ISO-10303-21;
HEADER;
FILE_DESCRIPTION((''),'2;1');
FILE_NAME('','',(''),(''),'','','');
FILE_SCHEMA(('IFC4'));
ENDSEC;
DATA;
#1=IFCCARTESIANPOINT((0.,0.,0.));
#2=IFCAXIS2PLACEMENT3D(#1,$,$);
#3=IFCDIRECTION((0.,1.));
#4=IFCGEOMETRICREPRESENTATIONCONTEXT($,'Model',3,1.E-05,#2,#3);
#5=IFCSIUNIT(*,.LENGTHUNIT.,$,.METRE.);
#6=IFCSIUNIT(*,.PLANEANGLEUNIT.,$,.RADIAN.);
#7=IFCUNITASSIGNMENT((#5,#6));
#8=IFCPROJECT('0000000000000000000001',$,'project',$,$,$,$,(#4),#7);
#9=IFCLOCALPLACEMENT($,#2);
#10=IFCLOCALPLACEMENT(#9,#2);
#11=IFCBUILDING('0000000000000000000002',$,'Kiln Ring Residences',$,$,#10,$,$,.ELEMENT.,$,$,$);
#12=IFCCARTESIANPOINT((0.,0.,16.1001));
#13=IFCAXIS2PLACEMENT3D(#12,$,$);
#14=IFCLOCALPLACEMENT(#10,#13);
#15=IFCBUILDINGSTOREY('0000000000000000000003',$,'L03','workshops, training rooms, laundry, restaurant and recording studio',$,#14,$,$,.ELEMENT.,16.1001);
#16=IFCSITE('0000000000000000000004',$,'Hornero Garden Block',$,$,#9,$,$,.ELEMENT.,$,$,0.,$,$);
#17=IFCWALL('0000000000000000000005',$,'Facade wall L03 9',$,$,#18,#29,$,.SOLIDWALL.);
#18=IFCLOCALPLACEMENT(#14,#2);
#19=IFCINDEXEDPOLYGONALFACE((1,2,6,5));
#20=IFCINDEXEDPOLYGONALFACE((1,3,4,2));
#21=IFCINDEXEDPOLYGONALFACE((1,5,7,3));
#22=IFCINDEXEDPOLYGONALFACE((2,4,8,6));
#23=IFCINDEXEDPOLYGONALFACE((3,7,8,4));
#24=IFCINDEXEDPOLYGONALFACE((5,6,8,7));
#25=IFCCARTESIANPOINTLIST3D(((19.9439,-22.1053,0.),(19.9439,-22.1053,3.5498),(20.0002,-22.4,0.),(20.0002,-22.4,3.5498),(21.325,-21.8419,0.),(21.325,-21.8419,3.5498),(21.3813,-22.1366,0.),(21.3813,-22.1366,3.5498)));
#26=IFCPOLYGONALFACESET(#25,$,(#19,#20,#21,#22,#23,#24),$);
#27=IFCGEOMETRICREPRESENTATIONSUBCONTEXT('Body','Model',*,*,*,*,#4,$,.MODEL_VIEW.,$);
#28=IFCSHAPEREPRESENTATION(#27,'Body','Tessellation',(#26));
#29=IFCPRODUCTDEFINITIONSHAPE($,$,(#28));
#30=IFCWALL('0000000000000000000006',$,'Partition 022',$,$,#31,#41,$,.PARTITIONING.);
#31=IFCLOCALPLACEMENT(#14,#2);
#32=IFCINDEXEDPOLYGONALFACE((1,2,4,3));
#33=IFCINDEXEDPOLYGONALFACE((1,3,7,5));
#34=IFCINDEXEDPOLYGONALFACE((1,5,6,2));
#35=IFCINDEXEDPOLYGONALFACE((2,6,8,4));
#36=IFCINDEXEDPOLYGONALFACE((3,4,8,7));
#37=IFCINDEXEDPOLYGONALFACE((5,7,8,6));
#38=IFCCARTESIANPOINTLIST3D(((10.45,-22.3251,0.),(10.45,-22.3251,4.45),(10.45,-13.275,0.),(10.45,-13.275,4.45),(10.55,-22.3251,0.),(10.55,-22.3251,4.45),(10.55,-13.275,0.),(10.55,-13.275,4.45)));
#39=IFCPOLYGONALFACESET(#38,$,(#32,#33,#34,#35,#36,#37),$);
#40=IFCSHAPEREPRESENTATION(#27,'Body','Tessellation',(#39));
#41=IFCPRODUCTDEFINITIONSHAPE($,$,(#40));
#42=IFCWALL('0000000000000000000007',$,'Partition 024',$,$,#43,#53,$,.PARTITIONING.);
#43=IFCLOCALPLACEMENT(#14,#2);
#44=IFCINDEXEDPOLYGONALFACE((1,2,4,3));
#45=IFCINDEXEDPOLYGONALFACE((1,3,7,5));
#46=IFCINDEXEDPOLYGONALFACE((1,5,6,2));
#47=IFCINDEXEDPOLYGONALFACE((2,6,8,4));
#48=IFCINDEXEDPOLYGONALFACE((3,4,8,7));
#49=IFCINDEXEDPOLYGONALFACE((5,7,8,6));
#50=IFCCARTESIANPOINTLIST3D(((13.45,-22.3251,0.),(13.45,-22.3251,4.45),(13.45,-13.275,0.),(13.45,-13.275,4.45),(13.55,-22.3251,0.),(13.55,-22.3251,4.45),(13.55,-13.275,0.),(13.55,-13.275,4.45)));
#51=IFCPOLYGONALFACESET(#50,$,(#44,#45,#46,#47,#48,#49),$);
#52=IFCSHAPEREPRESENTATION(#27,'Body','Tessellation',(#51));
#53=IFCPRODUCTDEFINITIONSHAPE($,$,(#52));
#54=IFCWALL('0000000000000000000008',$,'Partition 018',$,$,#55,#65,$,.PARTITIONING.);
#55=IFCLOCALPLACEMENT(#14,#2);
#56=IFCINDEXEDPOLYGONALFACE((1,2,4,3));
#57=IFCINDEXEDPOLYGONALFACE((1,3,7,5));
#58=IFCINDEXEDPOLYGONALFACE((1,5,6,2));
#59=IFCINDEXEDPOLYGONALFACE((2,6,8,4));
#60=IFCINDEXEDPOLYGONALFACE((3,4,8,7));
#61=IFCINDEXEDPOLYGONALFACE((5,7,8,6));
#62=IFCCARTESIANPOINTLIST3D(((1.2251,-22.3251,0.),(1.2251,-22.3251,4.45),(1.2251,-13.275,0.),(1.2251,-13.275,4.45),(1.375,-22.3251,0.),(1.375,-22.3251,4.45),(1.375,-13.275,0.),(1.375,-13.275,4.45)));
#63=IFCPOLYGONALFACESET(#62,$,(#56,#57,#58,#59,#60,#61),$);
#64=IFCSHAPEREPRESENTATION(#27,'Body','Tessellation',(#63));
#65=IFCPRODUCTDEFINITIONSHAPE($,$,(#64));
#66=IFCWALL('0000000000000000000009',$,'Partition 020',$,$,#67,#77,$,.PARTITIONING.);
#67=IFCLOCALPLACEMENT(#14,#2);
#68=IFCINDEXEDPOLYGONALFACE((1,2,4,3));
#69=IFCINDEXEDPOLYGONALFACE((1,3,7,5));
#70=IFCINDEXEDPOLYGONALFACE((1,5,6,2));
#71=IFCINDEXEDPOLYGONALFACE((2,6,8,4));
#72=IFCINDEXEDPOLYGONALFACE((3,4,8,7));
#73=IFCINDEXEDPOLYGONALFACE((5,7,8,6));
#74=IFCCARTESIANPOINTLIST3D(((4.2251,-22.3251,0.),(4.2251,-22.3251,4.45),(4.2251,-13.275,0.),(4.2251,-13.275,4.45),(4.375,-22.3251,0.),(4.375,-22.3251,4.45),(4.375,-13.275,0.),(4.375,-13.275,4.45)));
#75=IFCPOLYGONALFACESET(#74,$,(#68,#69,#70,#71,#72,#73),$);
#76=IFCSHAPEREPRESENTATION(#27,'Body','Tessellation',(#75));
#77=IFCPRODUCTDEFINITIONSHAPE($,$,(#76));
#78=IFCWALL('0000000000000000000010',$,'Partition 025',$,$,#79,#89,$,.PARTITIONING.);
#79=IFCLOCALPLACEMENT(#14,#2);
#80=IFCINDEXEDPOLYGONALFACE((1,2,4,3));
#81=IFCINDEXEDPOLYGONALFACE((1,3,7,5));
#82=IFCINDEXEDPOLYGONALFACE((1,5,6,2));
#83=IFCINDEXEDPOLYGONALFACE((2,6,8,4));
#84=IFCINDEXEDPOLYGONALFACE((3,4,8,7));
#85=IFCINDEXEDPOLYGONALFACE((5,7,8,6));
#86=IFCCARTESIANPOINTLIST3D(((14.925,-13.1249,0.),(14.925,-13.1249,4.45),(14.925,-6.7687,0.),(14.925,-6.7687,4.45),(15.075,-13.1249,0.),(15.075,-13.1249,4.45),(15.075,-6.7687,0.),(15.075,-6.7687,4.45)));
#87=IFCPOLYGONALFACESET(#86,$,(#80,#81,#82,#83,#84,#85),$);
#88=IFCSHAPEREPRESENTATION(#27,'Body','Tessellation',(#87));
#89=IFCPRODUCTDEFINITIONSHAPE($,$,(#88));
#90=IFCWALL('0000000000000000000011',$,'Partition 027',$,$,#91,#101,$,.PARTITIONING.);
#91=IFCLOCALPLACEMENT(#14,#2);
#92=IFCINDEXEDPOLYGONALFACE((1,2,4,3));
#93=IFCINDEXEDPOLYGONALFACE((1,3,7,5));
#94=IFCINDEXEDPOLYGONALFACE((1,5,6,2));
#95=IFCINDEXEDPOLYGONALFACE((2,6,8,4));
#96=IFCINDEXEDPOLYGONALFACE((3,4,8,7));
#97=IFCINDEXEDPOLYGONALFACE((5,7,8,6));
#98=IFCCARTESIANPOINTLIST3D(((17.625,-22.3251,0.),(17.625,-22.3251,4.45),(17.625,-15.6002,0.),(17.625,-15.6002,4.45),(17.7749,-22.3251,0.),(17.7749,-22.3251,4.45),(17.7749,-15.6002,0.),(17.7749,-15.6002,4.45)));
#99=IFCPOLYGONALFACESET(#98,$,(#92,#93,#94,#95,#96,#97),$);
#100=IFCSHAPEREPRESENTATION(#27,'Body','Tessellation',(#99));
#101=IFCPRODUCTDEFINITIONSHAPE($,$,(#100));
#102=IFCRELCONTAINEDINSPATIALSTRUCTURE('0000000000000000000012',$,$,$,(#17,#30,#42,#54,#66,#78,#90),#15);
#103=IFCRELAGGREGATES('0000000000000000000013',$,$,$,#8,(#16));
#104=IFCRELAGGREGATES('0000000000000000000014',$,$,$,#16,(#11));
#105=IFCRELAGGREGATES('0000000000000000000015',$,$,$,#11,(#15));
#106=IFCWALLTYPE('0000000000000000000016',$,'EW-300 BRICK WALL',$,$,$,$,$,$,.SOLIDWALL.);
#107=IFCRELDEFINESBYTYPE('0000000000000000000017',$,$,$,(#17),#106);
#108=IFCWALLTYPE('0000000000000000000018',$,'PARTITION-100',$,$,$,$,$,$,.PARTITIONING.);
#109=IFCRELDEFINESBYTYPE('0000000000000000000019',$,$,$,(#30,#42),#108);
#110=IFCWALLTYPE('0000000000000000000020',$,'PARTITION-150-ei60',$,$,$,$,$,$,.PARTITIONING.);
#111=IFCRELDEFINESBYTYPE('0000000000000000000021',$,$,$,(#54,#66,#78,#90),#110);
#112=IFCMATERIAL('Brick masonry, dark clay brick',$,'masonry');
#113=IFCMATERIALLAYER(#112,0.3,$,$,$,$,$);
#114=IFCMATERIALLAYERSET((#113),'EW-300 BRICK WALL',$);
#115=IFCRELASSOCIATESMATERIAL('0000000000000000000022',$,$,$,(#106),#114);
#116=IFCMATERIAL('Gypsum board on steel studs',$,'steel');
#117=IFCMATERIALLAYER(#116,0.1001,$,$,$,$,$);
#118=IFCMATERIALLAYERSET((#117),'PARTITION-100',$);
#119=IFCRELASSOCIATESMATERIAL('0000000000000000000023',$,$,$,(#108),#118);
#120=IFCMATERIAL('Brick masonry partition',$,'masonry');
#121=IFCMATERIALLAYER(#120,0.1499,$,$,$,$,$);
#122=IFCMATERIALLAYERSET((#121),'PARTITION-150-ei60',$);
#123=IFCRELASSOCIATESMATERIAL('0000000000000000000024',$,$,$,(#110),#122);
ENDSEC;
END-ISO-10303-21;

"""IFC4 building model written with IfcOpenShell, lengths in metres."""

from ifc_helpers import new_model, si_unit, direction, frame, frame_2d, origin, place, context, subcontext, project, spatial, rectangle, extrude, material, layer, layer_set, type_object, element, save


model = new_model("IFC4")

# Units and contexts
model_context = context("Model", 3, precision=1e-05, world=origin(), true_north=direction((0.0, 1.0)))
body_context = subcontext(model_context, "Body", "Model", "MODEL_VIEW")
ifc_project = project(units=[si_unit("LENGTHUNIT", "METRE"), si_unit("PLANEANGLEUNIT", "RADIAN")], contexts=[model_context])

# Site, building, storey
site_placement = place(None, origin())
site = spatial("IfcSite", under=ifc_project, at=site_placement, Name="Hornero Garden Block", CompositionType="ELEMENT", RefElevation=0.0)
building_placement = place(site_placement, origin())
building = spatial("IfcBuilding", under=site, at=building_placement, Name="Kiln Ring Residences", CompositionType="ELEMENT")
storey_placement = place(building_placement, frame((0.0, 0.0, 16.1001)))
storey = spatial("IfcBuildingStorey", under=building, at=storey_placement, Name="L03", Description="workshops, training rooms, laundry, restaurant and recording studio", CompositionType="ELEMENT", Elevation=16.1001)

# Walls
ifc_material_1 = material(Name="Brick masonry, dark clay brick", Category="masonry")
ifc_layer_1 = layer(ifc_material_1, 0.3)
ifc_layer_set_1 = layer_set([ifc_layer_1], Name="EW-300 BRICK WALL")
wall_type_1 = type_object("IfcWallType", Name="EW-300 BRICK WALL", PredefinedType="SOLIDWALL", material=ifc_layer_set_1)
wall_1_placement = place(storey_placement, frame((19.9719, -22.2527, 0.0), z_axis=(0.0, 0.0, 1.0), x_axis=(0.982291, 0.187359, 0.0)))
element("IfcWall", 1, at=wall_1_placement, inside=storey, type_object=wall_type_1, Name="Facade wall L03 9", PredefinedType="SOLIDWALL", context=body_context, shape_type="SweptSolid", body=[
    extrude(rectangle(XDim=1.406, YDim=0.3, at=frame_2d((0.7031, 0.0))), origin(), (0.0, 0.0, 1.0), 3.5498),
])
ifc_material_2 = material(Name="Gypsum board on steel studs", Category="steel")
ifc_layer_2 = layer(ifc_material_2, 0.1001)
ifc_layer_set_2 = layer_set([ifc_layer_2], Name="PARTITION-100")
wall_type_2 = type_object("IfcWallType", Name="PARTITION-100", PredefinedType="PARTITIONING", material=ifc_layer_set_2)
for number, where, z_axis, x_axis, name in (
    (2, (10.5, -22.325, 0.0), (0.0, 0.0, 1.0), (0.0, 1.0, 0.0), "Partition 022"),
    (3, (13.5, -22.325, 0.0), (0.0, 0.0, 1.0), (0.0, 1.0, 0.0), "Partition 024"),
):
    element("IfcWall", number, at=place(storey_placement, frame(where, z_axis=z_axis, x_axis=x_axis)), inside=storey, type_object=wall_type_2, Name=name, PredefinedType="PARTITIONING", context=body_context, shape_type="SweptSolid", body=[
        extrude(rectangle(XDim=9.05, YDim=0.1001, at=frame_2d((4.5249, 0.0))), origin(), (0.0, 0.0, 1.0), 4.45),
    ])
ifc_material_3 = material(Name="Brick masonry partition", Category="masonry")
ifc_layer_3 = layer(ifc_material_3, 0.1499)
ifc_layer_set_3 = layer_set([ifc_layer_3], Name="PARTITION-150-ei60")
wall_type_3 = type_object("IfcWallType", Name="PARTITION-150-ei60", PredefinedType="PARTITIONING", material=ifc_layer_set_3)
for number, where, z_axis, x_axis, name in (
    (4, (1.3, -22.325, 0.0), (0.0, 0.0, 1.0), (0.0, 1.0, 0.0), "Partition 018"),
    (5, (4.3, -22.325, 0.0), (0.0, 0.0, 1.0), (0.0, 1.0, 0.0), "Partition 020"),
):
    element("IfcWall", number, at=place(storey_placement, frame(where, z_axis=z_axis, x_axis=x_axis)), inside=storey, type_object=wall_type_3, Name=name, PredefinedType="PARTITIONING", context=body_context, shape_type="SweptSolid", body=[
        extrude(rectangle(XDim=9.05, YDim=0.1499, at=frame_2d((4.5249, 0.0))), origin(), (0.0, 0.0, 1.0), 4.45),
    ])
wall_2_placement = place(storey_placement, frame((15.0, -13.125, 0.0), z_axis=(0.0, 0.0, 1.0), x_axis=(0.0, 1.0, 0.0)))
element("IfcWall", 6, at=wall_2_placement, inside=storey, type_object=wall_type_3, Name="Partition 025", PredefinedType="PARTITIONING", context=body_context, shape_type="SweptSolid", body=[
    extrude(rectangle(XDim=6.3562, YDim=0.1499, at=frame_2d((3.1782, 0.0))), origin(), (0.0, 0.0, 1.0), 4.45),
])
wall_3_placement = place(storey_placement, frame((17.7, -22.325, 0.0), z_axis=(0.0, 0.0, 1.0), x_axis=(0.0, 1.0, 0.0)))
element("IfcWall", 7, at=wall_3_placement, inside=storey, type_object=wall_type_3, Name="Partition 027", PredefinedType="PARTITIONING", context=body_context, shape_type="SweptSolid", body=[
    extrude(rectangle(XDim=6.7249, YDim=0.1499, at=frame_2d((3.3623, 0.0))), origin(), (0.0, 0.0, 1.0), 4.45),
])

save(model, "model.ifc")
